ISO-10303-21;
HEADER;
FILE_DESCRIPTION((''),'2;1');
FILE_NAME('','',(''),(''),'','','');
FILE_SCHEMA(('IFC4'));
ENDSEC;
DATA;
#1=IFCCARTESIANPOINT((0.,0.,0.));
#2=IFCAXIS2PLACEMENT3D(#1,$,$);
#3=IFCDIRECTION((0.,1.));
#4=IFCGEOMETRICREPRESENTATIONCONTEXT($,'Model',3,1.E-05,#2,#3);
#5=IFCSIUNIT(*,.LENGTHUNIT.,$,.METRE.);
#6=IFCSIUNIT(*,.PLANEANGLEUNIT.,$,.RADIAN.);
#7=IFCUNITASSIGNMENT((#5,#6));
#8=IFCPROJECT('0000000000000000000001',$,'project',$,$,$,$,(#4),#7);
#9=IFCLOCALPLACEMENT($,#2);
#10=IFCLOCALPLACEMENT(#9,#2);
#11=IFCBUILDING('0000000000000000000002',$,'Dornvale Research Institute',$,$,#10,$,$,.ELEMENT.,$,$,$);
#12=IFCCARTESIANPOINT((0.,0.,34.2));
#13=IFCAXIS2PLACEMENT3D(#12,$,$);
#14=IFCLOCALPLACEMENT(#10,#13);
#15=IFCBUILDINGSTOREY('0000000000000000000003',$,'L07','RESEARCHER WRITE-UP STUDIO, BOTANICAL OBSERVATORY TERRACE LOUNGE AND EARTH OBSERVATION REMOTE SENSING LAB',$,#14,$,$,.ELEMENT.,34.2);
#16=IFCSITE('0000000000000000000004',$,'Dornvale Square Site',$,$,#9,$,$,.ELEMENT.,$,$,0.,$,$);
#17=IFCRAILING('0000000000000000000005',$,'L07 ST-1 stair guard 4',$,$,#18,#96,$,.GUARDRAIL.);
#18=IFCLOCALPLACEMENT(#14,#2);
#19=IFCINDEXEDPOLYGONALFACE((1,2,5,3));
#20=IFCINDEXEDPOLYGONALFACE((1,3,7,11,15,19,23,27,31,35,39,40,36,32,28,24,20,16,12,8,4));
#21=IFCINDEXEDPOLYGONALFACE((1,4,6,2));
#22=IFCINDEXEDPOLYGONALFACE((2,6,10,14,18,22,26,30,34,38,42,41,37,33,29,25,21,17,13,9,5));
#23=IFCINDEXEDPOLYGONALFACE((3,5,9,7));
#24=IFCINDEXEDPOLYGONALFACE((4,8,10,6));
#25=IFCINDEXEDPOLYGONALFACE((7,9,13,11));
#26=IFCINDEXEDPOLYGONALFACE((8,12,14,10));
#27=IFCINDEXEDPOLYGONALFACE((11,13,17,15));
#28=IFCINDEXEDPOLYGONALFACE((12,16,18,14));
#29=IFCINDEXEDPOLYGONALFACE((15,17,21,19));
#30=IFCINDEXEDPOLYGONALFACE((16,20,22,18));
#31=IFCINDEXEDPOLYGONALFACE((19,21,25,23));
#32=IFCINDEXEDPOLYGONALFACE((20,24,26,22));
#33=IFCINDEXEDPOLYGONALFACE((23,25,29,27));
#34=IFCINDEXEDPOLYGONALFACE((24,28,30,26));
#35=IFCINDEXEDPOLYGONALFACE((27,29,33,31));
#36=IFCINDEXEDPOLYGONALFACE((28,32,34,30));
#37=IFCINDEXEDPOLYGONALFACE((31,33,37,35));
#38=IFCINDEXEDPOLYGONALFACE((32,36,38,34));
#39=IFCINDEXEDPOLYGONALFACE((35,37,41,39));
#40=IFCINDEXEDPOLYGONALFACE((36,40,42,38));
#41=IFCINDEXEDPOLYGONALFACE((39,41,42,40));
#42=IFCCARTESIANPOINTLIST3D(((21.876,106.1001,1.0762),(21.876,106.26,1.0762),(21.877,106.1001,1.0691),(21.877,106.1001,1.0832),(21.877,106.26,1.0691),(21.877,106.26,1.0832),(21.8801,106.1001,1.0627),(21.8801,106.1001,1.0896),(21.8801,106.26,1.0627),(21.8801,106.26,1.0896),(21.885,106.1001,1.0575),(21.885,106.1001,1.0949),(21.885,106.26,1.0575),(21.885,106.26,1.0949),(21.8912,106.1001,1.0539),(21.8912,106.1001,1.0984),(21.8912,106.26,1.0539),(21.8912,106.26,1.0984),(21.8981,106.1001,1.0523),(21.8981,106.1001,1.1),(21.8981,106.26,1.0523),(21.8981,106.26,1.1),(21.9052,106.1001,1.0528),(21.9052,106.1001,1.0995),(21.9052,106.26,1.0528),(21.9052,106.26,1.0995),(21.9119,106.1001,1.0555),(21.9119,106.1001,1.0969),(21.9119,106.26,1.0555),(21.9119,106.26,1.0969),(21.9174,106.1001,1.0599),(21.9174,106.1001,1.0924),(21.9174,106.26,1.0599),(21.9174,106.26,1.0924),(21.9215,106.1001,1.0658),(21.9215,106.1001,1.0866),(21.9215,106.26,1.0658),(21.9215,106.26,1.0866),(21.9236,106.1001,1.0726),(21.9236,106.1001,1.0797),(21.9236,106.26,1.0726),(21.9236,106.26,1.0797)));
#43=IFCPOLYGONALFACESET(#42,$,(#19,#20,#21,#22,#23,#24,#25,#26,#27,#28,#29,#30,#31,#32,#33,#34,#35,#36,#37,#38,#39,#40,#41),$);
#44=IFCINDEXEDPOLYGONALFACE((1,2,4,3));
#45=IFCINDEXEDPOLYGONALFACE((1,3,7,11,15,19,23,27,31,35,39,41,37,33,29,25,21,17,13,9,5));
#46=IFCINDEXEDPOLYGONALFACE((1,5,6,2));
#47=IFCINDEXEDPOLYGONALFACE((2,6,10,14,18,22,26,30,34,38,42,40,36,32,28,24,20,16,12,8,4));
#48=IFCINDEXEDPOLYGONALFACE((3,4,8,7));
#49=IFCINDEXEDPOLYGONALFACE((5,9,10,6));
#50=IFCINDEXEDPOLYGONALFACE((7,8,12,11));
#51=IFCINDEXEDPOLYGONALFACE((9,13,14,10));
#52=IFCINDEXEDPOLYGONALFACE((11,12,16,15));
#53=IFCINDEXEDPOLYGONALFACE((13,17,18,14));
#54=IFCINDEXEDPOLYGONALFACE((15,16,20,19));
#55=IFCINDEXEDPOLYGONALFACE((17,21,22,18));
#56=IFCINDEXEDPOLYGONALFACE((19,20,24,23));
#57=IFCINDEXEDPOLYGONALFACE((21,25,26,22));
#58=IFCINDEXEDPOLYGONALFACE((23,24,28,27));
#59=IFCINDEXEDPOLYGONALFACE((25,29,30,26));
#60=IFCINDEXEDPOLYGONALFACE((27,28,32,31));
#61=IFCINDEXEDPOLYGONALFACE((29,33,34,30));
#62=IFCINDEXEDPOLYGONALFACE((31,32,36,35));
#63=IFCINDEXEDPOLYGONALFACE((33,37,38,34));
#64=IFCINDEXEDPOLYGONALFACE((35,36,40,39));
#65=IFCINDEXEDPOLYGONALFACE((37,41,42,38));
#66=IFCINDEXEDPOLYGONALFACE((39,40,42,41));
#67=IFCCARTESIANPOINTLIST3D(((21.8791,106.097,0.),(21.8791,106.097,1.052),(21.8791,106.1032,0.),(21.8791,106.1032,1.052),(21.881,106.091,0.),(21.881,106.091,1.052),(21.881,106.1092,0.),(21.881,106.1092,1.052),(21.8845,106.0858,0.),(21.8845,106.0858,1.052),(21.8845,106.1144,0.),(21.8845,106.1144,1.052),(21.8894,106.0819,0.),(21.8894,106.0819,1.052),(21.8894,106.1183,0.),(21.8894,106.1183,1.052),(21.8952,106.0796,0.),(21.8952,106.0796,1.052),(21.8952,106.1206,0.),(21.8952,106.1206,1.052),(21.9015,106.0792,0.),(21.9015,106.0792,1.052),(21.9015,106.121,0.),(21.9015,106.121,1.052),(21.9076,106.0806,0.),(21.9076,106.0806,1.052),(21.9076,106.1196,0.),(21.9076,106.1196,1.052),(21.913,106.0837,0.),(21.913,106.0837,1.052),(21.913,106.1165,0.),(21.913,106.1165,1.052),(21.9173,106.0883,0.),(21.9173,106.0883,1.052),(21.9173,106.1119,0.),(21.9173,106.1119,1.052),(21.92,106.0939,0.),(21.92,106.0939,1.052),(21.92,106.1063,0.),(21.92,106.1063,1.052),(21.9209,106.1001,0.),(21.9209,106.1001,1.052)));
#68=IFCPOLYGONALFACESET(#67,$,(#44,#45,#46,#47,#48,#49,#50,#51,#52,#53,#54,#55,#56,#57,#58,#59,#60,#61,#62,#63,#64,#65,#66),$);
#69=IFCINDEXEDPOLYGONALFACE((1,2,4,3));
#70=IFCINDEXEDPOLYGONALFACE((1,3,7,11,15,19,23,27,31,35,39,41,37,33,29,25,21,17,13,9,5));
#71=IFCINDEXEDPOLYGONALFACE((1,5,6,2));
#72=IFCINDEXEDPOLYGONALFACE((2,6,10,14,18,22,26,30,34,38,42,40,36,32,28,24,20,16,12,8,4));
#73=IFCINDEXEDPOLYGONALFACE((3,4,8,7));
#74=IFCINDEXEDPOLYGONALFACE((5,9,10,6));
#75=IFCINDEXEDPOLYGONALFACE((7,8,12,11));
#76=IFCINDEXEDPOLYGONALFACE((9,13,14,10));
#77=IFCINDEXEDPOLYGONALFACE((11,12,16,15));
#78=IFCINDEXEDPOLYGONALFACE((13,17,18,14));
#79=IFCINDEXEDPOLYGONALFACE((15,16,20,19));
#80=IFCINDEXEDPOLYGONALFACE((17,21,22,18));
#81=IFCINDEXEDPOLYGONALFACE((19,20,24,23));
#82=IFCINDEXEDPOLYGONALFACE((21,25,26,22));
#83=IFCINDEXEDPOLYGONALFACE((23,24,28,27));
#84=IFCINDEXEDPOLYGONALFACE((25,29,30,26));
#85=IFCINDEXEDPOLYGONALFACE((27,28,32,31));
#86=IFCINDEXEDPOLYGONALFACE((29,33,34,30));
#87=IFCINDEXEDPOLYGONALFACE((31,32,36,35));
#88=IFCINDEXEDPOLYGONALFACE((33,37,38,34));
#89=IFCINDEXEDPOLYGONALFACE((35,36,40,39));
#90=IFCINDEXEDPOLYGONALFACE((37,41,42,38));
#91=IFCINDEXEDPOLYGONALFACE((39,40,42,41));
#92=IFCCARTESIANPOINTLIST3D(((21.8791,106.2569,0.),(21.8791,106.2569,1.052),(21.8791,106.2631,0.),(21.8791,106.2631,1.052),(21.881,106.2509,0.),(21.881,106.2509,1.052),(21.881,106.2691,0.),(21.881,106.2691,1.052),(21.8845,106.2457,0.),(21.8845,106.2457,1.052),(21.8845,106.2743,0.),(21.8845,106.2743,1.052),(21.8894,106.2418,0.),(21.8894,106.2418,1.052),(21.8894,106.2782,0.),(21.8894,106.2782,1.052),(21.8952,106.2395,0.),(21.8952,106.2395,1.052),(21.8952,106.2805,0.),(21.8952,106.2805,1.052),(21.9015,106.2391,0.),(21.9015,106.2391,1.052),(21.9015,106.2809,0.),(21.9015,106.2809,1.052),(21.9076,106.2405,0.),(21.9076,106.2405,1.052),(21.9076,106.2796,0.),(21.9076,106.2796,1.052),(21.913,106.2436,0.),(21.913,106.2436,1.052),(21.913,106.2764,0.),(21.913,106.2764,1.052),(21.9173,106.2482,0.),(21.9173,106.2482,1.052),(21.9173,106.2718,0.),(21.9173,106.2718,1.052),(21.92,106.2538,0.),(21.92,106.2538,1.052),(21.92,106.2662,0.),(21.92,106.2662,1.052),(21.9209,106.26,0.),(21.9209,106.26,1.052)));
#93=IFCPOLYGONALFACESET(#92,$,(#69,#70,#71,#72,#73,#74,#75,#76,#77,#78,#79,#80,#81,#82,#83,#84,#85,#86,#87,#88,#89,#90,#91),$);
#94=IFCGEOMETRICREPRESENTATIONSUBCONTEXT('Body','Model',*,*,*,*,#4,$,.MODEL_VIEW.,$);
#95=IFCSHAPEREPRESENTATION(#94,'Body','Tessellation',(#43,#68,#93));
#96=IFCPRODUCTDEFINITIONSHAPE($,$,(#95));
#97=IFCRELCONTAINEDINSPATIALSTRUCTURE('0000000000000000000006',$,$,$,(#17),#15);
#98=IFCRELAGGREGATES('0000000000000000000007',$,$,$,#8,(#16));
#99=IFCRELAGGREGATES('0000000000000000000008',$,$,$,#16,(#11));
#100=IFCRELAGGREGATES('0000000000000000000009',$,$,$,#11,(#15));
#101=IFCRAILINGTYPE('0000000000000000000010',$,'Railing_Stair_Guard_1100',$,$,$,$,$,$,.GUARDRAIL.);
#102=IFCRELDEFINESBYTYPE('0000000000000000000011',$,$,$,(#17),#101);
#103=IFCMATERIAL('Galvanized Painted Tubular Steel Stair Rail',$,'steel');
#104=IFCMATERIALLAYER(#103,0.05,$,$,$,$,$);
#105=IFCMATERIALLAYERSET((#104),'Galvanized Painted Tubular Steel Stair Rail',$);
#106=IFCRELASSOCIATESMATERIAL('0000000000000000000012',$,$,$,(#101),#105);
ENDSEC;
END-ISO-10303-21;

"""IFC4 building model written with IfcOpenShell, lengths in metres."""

from ifc_helpers import new_model, si_unit, direction, frame, origin, origin_2d, place, context, subcontext, project, spatial, circle, extrude, material, layer, layer_set, type_object, element, save


model = new_model("IFC4")

# Units and contexts
model_context = context("Model", 3, precision=1e-05, world=origin(), true_north=direction((0.0, 1.0)))
body_context = subcontext(model_context, "Body", "Model", "MODEL_VIEW")
ifc_project = project(units=[si_unit("LENGTHUNIT", "METRE"), si_unit("PLANEANGLEUNIT", "RADIAN")], contexts=[model_context])

# Site, building, storey
site_placement = place(None, origin())
site = spatial("IfcSite", under=ifc_project, at=site_placement, Name="Dornvale Square Site", CompositionType="ELEMENT", RefElevation=0.0)
building_placement = place(site_placement, origin())
building = spatial("IfcBuilding", under=site, at=building_placement, Name="Dornvale Research Institute", CompositionType="ELEMENT")
storey_placement = place(building_placement, frame((0.0, 0.0, 34.2)))
storey = spatial("IfcBuildingStorey", under=building, at=storey_placement, Name="L07", Description="RESEARCHER WRITE-UP STUDIO, BOTANICAL OBSERVATORY TERRACE LOUNGE AND EARTH OBSERVATION REMOTE SENSING LAB", CompositionType="ELEMENT", Elevation=34.2)

# Railing
ifc_material_1 = material(Name="Galvanized Painted Tubular Steel Stair Rail", Category="steel")
ifc_layer_1 = layer(ifc_material_1, 0.05)
ifc_layer_set_1 = layer_set([ifc_layer_1], Name="Galvanized Painted Tubular Steel Stair Rail")
railing_type_1 = type_object("IfcRailingType", Name="Railing_Stair_Guard_1100", PredefinedType="GUARDRAIL", material=ifc_layer_set_1)
railing_1_placement = place(storey_placement, frame((21.8999, 106.1001, 0.0)))
element("IfcRailing", 1, at=railing_1_placement, inside=storey, type_object=railing_type_1, Name="L07 ST-1 stair guard 4", PredefinedType="GUARDRAIL", context=body_context, shape_type="SweptSolid", body=[
    extrude(circle(Radius=0.0239, at=origin_2d()), frame((0.0, 0.0, 1.0762), z_axis=(0.0, 1.0, 0.0), x_axis=(-1.0, 0.0, 0.0)), (0.0, 0.0, 1.0), 0.1599),
    extrude(circle(Radius=0.021, at=origin_2d()), origin(), (0.0, 0.0, 1.0), 1.052),
    extrude(circle(Radius=0.021, at=origin_2d()), frame((0.0, 0.1599, 0.0)), (0.0, 0.0, 1.0), 1.052),
])

save(model, "model.ifc")
